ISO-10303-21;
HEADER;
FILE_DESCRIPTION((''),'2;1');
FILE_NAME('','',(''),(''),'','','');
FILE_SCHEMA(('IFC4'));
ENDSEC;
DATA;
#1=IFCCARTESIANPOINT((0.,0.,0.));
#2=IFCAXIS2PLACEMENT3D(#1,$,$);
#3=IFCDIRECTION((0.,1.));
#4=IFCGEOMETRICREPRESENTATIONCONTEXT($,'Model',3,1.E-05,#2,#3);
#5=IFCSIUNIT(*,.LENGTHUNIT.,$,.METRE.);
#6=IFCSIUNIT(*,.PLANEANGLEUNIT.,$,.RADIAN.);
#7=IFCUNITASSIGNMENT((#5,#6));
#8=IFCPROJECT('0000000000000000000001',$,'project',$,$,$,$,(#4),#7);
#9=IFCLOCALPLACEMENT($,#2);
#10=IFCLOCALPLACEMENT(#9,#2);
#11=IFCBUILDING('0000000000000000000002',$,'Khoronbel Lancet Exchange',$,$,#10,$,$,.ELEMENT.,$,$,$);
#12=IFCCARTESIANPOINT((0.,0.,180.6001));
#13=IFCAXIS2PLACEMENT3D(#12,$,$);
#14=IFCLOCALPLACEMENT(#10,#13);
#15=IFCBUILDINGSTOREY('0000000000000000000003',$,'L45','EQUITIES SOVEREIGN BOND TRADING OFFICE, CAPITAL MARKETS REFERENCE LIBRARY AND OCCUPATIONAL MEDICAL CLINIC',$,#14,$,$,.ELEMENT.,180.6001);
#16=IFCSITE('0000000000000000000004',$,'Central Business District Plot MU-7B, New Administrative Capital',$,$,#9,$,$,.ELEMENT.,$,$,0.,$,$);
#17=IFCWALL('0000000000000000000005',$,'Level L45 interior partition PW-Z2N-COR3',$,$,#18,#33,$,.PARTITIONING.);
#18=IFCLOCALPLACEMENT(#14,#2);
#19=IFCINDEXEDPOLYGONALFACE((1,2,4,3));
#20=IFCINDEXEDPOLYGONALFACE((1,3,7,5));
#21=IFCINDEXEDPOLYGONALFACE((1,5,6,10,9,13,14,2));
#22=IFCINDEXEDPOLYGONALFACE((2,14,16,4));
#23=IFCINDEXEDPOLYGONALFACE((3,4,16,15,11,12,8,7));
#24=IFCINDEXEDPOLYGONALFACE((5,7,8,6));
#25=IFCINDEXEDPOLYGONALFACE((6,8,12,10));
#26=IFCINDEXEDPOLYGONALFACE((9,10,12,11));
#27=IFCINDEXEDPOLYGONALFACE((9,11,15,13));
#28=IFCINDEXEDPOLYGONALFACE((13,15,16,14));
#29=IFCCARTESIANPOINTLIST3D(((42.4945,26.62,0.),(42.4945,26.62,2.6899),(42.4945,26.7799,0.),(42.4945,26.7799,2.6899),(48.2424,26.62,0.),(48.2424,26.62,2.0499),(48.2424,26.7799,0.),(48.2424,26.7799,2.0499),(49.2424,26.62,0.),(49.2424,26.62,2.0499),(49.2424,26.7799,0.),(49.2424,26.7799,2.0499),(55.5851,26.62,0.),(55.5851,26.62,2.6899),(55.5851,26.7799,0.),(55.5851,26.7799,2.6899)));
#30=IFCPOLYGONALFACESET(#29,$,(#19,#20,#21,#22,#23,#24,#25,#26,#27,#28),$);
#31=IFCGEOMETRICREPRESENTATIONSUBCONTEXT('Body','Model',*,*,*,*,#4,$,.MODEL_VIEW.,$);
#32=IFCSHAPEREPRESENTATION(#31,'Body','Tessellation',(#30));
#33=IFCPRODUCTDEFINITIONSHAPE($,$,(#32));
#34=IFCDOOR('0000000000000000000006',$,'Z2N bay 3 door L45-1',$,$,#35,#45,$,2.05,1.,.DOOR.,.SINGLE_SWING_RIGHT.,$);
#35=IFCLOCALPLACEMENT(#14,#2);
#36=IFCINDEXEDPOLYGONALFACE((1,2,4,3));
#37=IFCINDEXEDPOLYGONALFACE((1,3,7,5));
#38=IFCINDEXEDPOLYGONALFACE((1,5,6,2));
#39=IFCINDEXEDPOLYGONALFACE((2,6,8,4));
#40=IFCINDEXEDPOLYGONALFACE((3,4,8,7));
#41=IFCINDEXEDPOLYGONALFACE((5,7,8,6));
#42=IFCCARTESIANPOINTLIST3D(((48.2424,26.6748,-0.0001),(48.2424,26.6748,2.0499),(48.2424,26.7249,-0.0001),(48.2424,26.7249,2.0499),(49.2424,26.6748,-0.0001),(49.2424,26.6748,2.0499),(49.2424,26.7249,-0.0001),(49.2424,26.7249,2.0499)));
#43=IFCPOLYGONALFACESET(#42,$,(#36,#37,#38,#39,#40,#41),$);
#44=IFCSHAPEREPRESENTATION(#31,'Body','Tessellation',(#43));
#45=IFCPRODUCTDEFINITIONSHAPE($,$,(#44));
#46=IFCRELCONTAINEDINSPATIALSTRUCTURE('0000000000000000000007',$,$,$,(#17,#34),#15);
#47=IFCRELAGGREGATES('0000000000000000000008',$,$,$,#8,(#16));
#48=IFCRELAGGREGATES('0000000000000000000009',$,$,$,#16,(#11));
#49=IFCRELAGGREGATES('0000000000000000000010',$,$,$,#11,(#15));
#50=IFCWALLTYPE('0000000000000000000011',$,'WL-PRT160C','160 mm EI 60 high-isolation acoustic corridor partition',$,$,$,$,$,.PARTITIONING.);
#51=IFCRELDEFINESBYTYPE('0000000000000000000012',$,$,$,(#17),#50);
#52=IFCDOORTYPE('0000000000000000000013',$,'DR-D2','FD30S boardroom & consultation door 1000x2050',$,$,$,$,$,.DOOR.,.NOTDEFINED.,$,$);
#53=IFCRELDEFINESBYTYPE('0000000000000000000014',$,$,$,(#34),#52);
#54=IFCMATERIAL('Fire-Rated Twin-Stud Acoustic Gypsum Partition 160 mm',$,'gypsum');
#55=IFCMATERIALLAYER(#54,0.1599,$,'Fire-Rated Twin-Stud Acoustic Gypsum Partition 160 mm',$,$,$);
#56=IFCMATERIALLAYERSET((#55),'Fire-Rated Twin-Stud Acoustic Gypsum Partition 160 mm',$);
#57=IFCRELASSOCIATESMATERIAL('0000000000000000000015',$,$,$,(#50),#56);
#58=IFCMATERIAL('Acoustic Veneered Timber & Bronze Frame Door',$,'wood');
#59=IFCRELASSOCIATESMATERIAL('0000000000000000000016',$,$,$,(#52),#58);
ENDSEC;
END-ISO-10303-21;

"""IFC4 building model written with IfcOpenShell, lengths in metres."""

from ifc_helpers import new_model, si_unit, direction, frame, frame_2d, origin, place, context, subcontext, project, spatial, rectangle, extrude, material, layer, layer_set, type_object, element, fill, save


model = new_model("IFC4")

# Units and contexts
model_context = context("Model", 3, precision=1e-05, world=origin(), true_north=direction((0.0, 1.0)))
body_context = subcontext(model_context, "Body", "Model", "MODEL_VIEW")
ifc_project = project(units=[si_unit("LENGTHUNIT", "METRE"), si_unit("PLANEANGLEUNIT", "RADIAN")], contexts=[model_context])

# Site, building, storey
site_placement = place(None, origin())
site = spatial("IfcSite", under=ifc_project, at=site_placement, Name="Central Business District Plot MU-7B, New Administrative Capital", CompositionType="ELEMENT", RefElevation=0.0)
building_placement = place(site_placement, origin())
building = spatial("IfcBuilding", under=site, at=building_placement, Name="Khoronbel Lancet Exchange", CompositionType="ELEMENT")
storey_placement = place(building_placement, frame((0.0, 0.0, 180.6001)))
storey = spatial("IfcBuildingStorey", under=building, at=storey_placement, Name="L45", Description="EQUITIES SOVEREIGN BOND TRADING OFFICE, CAPITAL MARKETS REFERENCE LIBRARY AND OCCUPATIONAL MEDICAL CLINIC", CompositionType="ELEMENT", Elevation=180.6001)

# Wall, opening, door
ifc_material_1 = material(Name="Fire-Rated Twin-Stud Acoustic Gypsum Partition 160 mm", Category="gypsum")
ifc_layer_1 = layer(ifc_material_1, 0.1599, Name="Fire-Rated Twin-Stud Acoustic Gypsum Partition 160 mm")
ifc_layer_set_1 = layer_set([ifc_layer_1], Name="Fire-Rated Twin-Stud Acoustic Gypsum Partition 160 mm")
wall_type_1 = type_object("IfcWallType", Name="WL-PRT160C", Description="160 mm EI 60 high-isolation acoustic corridor partition", PredefinedType="PARTITIONING", material=ifc_layer_set_1)
wall_1_placement = place(storey_placement, frame((42.4944, 26.7, 0.0), z_axis=(0.0, 0.0, 1.0), x_axis=(1.0, 0.0, 0.0)))
wall_1 = element("IfcWall", 1, at=wall_1_placement, inside=storey, type_object=wall_type_1, Name="Level L45 interior partition PW-Z2N-COR3", PredefinedType="PARTITIONING", context=body_context, shape_type="SweptSolid", body=[
    extrude(rectangle(XDim=13.0906, YDim=0.1599, at=frame_2d((6.5454, 0.0))), origin(), (0.0, 0.0, 1.0), 2.6899),
])
opening_1_placement = place(wall_1_placement, frame((5.748, 0.0, 0.0)))
opening_1 = element("IfcOpeningElement", 2, at=opening_1_placement, cuts=wall_1, PredefinedType="OPENING", context=body_context, shape_type="SweptSolid", body=[
    extrude(rectangle(XDim=1.0, YDim=2.05, at=frame_2d((0.5, 1.0249))), frame((0.0, 0.0898, 0.0), z_axis=(0.0, -1.0, 0.0), x_axis=(1.0, 0.0, 0.0)), (0.0, 0.0, 1.0), 0.1799),
])
ifc_material_2 = material(Name="Acoustic Veneered Timber & Bronze Frame Door", Category="wood")
door_type_1 = type_object("IfcDoorType", Name="DR-D2", Description="FD30S boardroom & consultation door 1000x2050", OperationType="NOTDEFINED", PredefinedType="DOOR", material=ifc_material_2)
door_1_placement = place(opening_1_placement, origin())
door_1 = element("IfcDoor", 3, at=door_1_placement, inside=storey, type_object=door_type_1, Name="Z2N bay 3 door L45-1", OperationType="SINGLE_SWING_RIGHT", OverallHeight=2.05, OverallWidth=1.0, PredefinedType="DOOR", context=body_context, shape_type="SweptSolid", body=[
    extrude(rectangle(XDim=1.0, YDim=2.05, at=frame_2d((0.5, 1.0249))), frame((0.0, 0.0249, 0.0), z_axis=(0.0, -1.0, 0.0), x_axis=(1.0, 0.0, 0.0)), (0.0, 0.0, 1.0), 0.05),
])
fill(opening_1, door_1)

save(model, "model.ifc")
